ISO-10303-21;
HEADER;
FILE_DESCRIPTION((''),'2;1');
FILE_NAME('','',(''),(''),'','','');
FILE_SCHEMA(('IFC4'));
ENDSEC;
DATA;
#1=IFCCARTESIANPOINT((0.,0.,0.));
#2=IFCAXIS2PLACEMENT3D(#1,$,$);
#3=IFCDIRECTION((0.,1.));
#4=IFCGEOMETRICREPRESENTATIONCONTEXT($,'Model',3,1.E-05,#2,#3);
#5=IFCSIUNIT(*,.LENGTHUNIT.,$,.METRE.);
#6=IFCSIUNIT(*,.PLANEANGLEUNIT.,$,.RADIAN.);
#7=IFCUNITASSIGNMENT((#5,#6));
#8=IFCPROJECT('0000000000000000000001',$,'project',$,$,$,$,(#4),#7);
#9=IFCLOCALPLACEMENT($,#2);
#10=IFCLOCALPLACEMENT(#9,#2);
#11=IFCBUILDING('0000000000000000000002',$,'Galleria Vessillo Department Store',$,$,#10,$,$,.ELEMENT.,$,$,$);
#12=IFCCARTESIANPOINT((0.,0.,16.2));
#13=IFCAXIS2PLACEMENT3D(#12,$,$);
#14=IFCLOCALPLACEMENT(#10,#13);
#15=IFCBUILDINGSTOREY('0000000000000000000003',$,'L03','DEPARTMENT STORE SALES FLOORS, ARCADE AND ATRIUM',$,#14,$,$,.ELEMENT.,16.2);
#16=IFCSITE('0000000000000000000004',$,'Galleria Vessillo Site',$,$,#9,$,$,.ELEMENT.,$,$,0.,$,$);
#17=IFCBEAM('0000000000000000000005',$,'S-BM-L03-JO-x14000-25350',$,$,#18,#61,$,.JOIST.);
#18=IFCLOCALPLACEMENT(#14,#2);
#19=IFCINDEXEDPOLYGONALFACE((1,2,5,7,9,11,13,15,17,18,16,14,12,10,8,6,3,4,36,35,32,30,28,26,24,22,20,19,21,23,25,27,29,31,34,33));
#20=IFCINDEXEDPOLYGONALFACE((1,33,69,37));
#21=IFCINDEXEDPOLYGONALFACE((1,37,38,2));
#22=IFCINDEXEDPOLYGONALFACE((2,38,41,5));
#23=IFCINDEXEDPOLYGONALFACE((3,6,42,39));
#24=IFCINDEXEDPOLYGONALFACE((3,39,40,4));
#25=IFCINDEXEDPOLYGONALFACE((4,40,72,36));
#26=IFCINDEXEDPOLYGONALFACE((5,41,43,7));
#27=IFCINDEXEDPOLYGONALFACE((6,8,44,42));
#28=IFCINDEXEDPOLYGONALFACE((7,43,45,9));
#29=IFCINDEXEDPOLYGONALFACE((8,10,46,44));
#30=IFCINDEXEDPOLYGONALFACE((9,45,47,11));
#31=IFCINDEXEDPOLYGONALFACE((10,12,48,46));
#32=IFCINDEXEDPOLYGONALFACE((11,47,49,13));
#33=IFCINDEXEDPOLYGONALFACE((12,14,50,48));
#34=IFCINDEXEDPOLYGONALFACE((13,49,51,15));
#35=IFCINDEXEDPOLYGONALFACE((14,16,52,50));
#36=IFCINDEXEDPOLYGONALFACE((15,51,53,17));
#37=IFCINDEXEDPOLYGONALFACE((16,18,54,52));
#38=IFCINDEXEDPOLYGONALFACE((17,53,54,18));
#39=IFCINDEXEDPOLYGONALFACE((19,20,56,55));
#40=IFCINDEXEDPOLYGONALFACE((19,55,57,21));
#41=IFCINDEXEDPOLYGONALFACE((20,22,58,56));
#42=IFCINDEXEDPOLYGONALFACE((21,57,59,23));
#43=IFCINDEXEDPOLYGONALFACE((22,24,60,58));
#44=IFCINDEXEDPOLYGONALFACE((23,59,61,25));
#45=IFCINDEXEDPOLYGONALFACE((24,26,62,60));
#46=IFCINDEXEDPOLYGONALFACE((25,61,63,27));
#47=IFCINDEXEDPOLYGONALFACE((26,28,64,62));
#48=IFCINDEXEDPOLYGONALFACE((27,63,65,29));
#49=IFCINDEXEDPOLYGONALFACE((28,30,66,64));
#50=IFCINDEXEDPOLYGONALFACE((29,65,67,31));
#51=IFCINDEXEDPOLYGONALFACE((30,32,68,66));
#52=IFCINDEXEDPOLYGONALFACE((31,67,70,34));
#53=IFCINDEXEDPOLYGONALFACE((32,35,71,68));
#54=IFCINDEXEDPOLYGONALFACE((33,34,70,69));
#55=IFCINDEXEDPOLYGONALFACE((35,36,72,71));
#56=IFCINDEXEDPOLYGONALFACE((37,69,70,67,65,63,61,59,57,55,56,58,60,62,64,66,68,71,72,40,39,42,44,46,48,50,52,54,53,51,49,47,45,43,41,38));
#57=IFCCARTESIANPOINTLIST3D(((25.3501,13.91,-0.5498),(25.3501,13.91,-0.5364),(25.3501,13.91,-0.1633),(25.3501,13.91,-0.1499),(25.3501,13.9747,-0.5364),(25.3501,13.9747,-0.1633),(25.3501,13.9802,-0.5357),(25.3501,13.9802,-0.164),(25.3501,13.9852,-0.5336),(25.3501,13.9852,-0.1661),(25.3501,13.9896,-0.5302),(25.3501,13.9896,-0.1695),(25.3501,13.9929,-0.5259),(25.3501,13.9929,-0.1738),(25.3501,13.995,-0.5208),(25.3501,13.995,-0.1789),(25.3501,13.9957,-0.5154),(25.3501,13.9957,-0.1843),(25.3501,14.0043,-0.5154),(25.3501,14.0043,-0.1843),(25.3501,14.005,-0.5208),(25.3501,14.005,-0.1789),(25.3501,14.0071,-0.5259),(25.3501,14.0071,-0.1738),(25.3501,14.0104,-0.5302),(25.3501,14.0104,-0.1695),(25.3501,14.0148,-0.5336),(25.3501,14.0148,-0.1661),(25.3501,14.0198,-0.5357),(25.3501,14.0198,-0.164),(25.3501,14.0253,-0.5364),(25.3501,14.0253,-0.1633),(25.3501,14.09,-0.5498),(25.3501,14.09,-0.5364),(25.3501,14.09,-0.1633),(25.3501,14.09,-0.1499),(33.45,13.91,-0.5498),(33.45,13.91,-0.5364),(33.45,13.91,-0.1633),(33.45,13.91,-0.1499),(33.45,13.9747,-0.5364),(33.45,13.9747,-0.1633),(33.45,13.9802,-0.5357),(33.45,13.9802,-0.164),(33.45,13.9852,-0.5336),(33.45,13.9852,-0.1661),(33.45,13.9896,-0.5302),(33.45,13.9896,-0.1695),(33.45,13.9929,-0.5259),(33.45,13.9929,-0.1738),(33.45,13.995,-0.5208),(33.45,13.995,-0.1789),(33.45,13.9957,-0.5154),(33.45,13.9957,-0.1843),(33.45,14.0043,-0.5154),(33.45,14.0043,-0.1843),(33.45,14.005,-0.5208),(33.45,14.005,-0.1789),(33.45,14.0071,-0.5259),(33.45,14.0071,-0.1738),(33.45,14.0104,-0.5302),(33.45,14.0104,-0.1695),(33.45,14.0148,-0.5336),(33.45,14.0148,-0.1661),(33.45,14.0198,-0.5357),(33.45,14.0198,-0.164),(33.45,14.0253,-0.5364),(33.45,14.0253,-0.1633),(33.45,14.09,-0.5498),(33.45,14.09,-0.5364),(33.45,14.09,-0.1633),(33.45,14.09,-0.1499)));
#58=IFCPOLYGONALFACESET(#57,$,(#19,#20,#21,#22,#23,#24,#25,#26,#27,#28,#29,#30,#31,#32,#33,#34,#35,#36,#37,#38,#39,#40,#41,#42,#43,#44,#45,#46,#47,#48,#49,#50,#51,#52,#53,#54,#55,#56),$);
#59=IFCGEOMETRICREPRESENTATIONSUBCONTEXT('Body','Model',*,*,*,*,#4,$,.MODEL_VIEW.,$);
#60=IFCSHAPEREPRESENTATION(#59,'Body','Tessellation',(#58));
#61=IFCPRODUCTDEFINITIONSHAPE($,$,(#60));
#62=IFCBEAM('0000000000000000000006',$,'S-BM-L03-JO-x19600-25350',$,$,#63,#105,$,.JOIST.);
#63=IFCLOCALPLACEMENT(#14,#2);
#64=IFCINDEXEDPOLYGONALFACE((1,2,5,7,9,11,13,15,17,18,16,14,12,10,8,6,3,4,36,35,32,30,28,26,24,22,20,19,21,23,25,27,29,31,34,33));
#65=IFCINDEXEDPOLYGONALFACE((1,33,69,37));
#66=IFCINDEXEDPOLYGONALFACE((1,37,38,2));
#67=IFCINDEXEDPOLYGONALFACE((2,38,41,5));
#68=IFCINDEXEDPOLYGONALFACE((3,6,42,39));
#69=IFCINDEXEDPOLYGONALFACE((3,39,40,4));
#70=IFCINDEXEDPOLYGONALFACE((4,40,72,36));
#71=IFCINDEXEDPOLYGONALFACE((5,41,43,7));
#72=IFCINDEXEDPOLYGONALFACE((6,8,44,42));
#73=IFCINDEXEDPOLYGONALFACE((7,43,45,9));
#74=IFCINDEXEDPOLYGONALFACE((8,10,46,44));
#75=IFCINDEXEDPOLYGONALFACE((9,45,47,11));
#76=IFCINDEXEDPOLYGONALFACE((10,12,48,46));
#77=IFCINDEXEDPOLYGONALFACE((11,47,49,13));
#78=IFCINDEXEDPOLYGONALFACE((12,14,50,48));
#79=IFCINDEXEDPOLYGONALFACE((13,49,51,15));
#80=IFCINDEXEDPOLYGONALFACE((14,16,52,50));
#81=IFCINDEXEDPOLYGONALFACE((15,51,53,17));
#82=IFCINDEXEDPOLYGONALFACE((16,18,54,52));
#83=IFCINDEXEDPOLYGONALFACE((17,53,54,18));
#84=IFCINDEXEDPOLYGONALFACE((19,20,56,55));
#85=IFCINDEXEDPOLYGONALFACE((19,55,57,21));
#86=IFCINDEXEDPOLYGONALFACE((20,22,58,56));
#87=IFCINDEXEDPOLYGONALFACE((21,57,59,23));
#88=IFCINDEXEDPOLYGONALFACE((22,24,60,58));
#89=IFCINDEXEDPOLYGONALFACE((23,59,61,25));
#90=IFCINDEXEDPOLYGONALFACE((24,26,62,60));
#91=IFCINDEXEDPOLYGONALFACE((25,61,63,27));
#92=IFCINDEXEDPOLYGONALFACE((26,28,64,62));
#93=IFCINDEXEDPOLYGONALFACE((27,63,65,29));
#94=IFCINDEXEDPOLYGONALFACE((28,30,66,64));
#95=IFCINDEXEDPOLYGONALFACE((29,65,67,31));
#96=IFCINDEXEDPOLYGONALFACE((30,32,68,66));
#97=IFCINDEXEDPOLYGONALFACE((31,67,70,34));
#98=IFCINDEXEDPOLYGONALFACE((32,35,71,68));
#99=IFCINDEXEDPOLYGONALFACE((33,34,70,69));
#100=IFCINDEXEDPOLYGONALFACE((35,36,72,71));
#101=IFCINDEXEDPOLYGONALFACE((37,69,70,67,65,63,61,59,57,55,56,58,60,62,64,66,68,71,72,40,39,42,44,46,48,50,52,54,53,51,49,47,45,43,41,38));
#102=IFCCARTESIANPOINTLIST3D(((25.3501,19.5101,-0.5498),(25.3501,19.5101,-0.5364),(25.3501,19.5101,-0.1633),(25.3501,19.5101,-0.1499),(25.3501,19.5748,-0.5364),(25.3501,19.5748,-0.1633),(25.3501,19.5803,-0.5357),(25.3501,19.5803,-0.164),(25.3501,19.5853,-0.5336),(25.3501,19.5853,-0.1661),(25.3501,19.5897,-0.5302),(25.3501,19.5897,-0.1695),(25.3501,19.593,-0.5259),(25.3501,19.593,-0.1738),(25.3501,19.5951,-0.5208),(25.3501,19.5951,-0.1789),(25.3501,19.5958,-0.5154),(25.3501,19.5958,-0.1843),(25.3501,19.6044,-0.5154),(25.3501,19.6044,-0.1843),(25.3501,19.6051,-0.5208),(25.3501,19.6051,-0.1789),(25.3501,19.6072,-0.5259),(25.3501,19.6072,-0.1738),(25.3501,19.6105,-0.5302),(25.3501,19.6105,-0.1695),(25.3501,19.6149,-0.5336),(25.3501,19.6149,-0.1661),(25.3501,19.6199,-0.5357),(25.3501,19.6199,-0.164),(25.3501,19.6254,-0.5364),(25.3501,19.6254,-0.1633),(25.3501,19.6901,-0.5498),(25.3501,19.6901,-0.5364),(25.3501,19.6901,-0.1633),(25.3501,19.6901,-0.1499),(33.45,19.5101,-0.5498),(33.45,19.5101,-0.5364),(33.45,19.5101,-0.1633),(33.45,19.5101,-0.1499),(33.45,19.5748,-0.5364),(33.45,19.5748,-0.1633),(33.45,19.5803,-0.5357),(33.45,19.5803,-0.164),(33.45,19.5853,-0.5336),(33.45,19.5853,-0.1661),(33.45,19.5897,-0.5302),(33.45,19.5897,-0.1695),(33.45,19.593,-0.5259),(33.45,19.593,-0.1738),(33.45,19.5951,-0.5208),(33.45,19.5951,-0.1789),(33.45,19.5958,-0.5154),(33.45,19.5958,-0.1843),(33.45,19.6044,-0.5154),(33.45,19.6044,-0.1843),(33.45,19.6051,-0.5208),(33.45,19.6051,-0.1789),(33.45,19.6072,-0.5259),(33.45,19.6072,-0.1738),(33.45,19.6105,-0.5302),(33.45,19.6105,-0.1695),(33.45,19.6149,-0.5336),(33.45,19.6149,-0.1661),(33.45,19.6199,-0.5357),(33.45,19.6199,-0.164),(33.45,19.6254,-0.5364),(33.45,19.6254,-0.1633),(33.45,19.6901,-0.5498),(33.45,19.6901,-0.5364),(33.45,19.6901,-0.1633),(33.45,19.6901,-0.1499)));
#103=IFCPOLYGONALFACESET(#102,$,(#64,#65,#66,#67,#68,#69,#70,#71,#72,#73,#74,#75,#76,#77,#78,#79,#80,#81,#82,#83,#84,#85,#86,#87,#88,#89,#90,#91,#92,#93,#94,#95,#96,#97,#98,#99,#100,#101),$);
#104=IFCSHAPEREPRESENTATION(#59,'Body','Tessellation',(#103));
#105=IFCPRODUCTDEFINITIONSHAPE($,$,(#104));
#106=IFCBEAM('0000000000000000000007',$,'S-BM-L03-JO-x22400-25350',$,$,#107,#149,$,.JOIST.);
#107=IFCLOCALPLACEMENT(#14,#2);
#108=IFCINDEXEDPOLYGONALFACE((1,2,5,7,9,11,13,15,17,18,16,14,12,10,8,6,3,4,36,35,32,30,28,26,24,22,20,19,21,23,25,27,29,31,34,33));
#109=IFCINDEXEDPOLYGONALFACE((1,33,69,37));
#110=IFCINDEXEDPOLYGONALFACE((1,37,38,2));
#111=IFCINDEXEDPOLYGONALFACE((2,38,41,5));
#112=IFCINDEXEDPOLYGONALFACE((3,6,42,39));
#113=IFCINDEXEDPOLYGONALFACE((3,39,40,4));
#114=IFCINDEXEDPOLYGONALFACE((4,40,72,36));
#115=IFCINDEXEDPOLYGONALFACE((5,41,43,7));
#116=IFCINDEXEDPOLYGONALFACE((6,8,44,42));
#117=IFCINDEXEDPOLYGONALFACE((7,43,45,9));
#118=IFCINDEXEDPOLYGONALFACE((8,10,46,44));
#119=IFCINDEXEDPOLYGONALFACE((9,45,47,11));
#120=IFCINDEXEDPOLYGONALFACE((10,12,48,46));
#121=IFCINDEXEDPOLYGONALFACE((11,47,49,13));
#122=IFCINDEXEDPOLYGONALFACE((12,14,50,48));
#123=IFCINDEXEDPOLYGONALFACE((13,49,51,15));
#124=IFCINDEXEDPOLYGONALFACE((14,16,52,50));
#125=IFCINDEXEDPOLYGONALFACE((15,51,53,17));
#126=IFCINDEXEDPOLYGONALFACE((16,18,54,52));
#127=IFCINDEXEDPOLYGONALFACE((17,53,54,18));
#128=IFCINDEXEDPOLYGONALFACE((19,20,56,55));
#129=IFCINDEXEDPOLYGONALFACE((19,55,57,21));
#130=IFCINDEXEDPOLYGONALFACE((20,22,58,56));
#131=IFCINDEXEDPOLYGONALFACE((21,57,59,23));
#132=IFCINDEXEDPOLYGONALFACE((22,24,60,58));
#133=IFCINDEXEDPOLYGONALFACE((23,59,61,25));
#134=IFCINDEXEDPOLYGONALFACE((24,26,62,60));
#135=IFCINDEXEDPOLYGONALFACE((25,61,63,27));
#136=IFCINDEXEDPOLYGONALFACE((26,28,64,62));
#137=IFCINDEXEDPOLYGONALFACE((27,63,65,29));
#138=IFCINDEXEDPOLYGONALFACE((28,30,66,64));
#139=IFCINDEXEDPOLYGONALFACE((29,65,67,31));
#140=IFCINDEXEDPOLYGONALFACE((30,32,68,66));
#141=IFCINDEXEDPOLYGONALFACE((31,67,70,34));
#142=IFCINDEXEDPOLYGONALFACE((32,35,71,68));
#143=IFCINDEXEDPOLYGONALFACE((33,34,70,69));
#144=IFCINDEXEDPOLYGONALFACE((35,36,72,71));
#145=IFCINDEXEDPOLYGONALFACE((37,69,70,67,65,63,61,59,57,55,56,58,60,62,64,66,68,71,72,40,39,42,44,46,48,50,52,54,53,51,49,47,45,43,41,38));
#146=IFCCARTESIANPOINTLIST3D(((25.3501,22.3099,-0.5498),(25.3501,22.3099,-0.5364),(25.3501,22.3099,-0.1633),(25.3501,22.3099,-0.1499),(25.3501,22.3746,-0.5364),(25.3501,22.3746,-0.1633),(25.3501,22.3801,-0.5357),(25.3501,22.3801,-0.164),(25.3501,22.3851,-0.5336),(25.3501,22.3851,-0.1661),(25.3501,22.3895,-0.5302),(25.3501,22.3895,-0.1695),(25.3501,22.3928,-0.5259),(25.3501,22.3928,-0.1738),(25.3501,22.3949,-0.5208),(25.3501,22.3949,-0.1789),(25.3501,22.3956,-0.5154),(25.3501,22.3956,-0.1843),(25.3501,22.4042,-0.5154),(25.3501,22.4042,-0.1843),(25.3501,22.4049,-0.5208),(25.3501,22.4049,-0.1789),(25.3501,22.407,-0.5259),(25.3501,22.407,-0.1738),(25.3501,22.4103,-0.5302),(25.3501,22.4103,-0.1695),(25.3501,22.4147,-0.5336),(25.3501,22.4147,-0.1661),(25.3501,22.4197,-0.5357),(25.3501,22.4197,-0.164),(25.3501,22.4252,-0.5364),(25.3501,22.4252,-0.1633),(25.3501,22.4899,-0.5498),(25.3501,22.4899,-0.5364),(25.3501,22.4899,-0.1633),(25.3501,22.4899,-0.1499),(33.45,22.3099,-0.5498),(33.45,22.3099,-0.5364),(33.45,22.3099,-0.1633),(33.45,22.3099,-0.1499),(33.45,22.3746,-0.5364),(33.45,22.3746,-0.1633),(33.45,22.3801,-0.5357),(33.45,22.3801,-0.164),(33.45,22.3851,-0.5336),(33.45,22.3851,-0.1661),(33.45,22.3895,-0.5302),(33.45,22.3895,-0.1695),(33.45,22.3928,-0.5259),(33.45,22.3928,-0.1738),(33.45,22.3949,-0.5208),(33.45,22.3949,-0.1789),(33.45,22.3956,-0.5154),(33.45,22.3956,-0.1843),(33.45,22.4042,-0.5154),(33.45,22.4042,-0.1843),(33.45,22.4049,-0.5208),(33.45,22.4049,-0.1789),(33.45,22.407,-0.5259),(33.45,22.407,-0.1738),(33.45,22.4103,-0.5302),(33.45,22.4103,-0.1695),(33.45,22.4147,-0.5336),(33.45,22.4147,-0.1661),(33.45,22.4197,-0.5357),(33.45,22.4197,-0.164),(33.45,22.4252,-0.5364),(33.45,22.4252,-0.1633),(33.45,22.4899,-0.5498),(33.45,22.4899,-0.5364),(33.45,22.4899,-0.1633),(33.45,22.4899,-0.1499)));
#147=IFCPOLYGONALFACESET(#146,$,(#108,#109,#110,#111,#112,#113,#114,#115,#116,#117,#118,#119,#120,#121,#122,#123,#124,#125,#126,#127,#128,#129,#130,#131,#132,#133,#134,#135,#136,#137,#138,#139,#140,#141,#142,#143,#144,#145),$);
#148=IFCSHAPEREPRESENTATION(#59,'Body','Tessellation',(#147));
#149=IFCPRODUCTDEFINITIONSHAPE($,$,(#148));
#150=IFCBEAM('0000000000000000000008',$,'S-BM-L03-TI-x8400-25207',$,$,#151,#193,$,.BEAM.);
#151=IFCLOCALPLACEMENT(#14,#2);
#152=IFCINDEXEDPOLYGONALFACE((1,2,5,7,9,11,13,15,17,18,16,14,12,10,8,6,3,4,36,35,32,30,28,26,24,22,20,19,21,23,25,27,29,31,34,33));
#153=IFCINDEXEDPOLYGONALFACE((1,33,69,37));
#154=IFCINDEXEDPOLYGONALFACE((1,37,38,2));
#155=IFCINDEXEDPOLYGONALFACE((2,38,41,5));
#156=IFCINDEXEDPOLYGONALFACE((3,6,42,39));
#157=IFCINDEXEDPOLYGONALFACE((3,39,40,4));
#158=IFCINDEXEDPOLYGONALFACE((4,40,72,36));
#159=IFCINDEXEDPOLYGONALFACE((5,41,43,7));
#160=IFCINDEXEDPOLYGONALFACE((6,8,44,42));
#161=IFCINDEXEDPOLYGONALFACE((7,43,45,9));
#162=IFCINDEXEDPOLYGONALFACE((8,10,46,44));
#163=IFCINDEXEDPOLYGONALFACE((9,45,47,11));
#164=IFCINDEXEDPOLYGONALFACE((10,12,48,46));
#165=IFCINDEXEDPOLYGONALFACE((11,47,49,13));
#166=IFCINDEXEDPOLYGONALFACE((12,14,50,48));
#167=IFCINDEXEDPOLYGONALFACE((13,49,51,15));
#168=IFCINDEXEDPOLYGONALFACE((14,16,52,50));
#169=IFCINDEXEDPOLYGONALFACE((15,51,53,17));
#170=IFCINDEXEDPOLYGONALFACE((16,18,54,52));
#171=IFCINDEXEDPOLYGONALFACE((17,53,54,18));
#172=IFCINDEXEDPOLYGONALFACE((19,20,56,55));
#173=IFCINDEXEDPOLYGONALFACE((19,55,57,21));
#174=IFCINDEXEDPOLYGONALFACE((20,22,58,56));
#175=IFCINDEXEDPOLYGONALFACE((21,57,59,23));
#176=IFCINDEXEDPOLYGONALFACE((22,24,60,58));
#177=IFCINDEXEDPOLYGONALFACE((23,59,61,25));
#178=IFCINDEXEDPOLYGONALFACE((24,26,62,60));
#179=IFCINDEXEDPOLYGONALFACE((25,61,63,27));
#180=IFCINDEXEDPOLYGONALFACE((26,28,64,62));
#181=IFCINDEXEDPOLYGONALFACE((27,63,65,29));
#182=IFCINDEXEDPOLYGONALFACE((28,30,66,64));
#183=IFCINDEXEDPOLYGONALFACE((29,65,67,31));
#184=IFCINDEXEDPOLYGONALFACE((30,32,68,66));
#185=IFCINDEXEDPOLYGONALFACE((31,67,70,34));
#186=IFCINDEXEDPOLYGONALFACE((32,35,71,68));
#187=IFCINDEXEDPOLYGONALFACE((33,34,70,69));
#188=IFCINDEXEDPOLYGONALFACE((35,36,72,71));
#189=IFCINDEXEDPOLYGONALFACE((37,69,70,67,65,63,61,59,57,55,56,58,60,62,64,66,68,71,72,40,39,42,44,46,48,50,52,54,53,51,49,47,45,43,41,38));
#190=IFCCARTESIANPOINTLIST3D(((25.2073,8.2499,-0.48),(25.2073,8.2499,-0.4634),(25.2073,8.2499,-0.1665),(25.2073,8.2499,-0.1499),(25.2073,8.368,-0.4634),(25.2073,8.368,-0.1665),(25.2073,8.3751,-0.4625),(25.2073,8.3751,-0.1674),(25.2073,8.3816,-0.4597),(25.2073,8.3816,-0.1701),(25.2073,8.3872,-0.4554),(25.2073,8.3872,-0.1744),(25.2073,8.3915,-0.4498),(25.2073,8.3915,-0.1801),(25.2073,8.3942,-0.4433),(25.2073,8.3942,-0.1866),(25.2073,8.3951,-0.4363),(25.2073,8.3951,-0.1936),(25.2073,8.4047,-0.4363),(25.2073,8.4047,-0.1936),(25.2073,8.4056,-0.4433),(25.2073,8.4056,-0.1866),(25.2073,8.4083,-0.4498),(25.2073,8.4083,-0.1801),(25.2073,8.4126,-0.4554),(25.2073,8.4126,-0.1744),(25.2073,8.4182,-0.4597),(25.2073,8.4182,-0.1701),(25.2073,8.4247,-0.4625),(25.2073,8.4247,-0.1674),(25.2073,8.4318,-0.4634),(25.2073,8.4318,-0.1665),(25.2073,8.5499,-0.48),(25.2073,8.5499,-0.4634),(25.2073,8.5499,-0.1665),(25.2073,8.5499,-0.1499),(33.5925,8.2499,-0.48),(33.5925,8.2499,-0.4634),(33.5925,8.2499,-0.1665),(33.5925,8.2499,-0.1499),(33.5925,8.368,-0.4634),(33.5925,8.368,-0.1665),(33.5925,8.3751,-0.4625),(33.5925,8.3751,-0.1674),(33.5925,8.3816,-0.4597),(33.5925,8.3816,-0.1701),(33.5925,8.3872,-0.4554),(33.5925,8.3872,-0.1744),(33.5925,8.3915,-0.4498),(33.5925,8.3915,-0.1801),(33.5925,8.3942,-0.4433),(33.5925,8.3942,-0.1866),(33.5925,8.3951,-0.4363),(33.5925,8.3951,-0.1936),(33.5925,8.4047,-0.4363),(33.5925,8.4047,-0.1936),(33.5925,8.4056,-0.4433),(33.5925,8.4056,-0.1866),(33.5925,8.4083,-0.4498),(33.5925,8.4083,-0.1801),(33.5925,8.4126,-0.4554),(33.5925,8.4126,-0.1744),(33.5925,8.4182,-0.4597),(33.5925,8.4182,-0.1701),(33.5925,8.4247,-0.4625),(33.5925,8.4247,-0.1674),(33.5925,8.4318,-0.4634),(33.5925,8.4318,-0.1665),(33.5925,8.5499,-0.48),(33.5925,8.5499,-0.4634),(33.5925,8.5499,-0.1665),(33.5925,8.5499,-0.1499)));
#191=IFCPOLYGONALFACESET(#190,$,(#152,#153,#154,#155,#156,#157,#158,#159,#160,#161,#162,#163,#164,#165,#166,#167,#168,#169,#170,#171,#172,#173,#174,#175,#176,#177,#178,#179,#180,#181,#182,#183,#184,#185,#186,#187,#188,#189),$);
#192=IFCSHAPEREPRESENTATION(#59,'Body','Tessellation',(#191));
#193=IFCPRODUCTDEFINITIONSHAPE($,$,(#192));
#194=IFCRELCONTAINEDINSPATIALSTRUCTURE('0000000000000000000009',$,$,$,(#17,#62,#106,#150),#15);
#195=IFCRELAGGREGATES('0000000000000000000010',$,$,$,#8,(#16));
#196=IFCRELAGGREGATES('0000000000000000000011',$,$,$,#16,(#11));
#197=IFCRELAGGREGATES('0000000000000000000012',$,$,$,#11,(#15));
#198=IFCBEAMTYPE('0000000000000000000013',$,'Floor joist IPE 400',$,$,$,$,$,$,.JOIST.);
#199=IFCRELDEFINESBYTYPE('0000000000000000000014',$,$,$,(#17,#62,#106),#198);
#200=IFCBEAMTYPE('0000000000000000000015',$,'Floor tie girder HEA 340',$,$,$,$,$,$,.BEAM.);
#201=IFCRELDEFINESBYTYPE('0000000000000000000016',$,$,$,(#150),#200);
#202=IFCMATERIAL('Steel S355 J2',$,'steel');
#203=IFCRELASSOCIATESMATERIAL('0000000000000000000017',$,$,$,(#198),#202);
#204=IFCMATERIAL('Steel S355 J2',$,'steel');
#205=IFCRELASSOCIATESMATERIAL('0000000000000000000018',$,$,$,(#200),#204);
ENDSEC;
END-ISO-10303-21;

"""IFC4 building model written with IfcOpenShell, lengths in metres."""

from ifc_helpers import new_model, si_unit, direction, frame, origin, origin_2d, place, context, subcontext, project, spatial, i_section, extrude, material, material_profile, profile_set, type_object, element, save


model = new_model("IFC4")

# Units and contexts
model_context = context("Model", 3, precision=1e-05, world=origin(), true_north=direction((0.0, 1.0)))
body_context = subcontext(model_context, "Body", "Model", "MODEL_VIEW")
ifc_project = project(units=[si_unit("LENGTHUNIT", "METRE"), si_unit("PLANEANGLEUNIT", "RADIAN")], contexts=[model_context])

# Site, building, storey
site_placement = place(None, origin())
site = spatial("IfcSite", under=ifc_project, at=site_placement, Name="Galleria Vessillo Site", CompositionType="ELEMENT", RefElevation=0.0)
building_placement = place(site_placement, origin())
building = spatial("IfcBuilding", under=site, at=building_placement, Name="Galleria Vessillo Department Store", CompositionType="ELEMENT")
storey_placement = place(building_placement, frame((0.0, 0.0, 16.2)))
storey = spatial("IfcBuildingStorey", under=building, at=storey_placement, Name="L03", Description="DEPARTMENT STORE SALES FLOORS, ARCADE AND ATRIUM", CompositionType="ELEMENT", Elevation=16.2)

# Beams
ifc_material_1 = material(Name="Steel S355 J2", Category="steel")
ifc_material_profile_1 = material_profile(ifc_material_1, i_section(OverallWidth=0.1799, OverallDepth=0.3999, WebThickness=0.0085, FlangeThickness=0.0134, FilletRadius=0.021, at=origin_2d()), Name="IPE 400")
ifc_profile_set_1 = profile_set([ifc_material_profile_1], Name="Steel S355 J2")
beam_type_1 = type_object("IfcBeamType", Name="Floor joist IPE 400", PredefinedType="JOIST", material=ifc_profile_set_1)
for number, where, z_axis, x_axis, name in (
    (1, (25.3501, 14.0, -0.3499), (1.0, 0.0, 0.0), (0.0, 1.0, 0.0), "S-BM-L03-JO-x14000-25350"),
    (2, (25.3501, 19.6001, -0.3499), (1.0, 0.0, 0.0), (0.0, 1.0, 0.0), "S-BM-L03-JO-x19600-25350"),
    (3, (25.3501, 22.3999, -0.3499), (1.0, 0.0, 0.0), (0.0, 1.0, 0.0), "S-BM-L03-JO-x22400-25350"),
):
    element("IfcBeam", number, at=place(storey_placement, frame(where, z_axis=z_axis, x_axis=x_axis)), inside=storey, type_object=beam_type_1, Name=name, PredefinedType="JOIST", context=body_context, shape_type="SweptSolid", body=[
        extrude(i_section(OverallWidth=0.1799, OverallDepth=0.3999, WebThickness=0.0085, FlangeThickness=0.0134, FilletRadius=0.021, at=origin_2d()), origin(), (0.0, 0.0, 1.0), 8.0999),
    ])
ifc_material_2 = material(Name="Steel S355 J2", Category="steel")
ifc_material_profile_2 = material_profile(ifc_material_2, i_section(OverallWidth=0.3, OverallDepth=0.3301, WebThickness=0.0095, FlangeThickness=0.0166, FilletRadius=0.0271, at=origin_2d()), Name="HEA 340")
ifc_profile_set_2 = profile_set([ifc_material_profile_2], Name="Steel S355 J2")
beam_type_2 = type_object("IfcBeamType", Name="Floor tie girder HEA 340", PredefinedType="BEAM", material=ifc_profile_set_2)
for number, where, z_axis, x_axis, name in (
    (4, (25.2073, 8.3999, -0.3149), (1.0, 0.0, 0.0), (0.0, 1.0, 0.0), "S-BM-L03-TI-x8400-25207"),
):
    element("IfcBeam", number, at=place(storey_placement, frame(where, z_axis=z_axis, x_axis=x_axis)), inside=storey, type_object=beam_type_2, Name=name, PredefinedType="BEAM", context=body_context, shape_type="SweptSolid", body=[
        extrude(i_section(OverallWidth=0.3, OverallDepth=0.3301, WebThickness=0.0095, FlangeThickness=0.0166, FilletRadius=0.0271, at=origin_2d()), origin(), (0.0, 0.0, 1.0), 8.3853),
    ])

save(model, "model.ifc")
